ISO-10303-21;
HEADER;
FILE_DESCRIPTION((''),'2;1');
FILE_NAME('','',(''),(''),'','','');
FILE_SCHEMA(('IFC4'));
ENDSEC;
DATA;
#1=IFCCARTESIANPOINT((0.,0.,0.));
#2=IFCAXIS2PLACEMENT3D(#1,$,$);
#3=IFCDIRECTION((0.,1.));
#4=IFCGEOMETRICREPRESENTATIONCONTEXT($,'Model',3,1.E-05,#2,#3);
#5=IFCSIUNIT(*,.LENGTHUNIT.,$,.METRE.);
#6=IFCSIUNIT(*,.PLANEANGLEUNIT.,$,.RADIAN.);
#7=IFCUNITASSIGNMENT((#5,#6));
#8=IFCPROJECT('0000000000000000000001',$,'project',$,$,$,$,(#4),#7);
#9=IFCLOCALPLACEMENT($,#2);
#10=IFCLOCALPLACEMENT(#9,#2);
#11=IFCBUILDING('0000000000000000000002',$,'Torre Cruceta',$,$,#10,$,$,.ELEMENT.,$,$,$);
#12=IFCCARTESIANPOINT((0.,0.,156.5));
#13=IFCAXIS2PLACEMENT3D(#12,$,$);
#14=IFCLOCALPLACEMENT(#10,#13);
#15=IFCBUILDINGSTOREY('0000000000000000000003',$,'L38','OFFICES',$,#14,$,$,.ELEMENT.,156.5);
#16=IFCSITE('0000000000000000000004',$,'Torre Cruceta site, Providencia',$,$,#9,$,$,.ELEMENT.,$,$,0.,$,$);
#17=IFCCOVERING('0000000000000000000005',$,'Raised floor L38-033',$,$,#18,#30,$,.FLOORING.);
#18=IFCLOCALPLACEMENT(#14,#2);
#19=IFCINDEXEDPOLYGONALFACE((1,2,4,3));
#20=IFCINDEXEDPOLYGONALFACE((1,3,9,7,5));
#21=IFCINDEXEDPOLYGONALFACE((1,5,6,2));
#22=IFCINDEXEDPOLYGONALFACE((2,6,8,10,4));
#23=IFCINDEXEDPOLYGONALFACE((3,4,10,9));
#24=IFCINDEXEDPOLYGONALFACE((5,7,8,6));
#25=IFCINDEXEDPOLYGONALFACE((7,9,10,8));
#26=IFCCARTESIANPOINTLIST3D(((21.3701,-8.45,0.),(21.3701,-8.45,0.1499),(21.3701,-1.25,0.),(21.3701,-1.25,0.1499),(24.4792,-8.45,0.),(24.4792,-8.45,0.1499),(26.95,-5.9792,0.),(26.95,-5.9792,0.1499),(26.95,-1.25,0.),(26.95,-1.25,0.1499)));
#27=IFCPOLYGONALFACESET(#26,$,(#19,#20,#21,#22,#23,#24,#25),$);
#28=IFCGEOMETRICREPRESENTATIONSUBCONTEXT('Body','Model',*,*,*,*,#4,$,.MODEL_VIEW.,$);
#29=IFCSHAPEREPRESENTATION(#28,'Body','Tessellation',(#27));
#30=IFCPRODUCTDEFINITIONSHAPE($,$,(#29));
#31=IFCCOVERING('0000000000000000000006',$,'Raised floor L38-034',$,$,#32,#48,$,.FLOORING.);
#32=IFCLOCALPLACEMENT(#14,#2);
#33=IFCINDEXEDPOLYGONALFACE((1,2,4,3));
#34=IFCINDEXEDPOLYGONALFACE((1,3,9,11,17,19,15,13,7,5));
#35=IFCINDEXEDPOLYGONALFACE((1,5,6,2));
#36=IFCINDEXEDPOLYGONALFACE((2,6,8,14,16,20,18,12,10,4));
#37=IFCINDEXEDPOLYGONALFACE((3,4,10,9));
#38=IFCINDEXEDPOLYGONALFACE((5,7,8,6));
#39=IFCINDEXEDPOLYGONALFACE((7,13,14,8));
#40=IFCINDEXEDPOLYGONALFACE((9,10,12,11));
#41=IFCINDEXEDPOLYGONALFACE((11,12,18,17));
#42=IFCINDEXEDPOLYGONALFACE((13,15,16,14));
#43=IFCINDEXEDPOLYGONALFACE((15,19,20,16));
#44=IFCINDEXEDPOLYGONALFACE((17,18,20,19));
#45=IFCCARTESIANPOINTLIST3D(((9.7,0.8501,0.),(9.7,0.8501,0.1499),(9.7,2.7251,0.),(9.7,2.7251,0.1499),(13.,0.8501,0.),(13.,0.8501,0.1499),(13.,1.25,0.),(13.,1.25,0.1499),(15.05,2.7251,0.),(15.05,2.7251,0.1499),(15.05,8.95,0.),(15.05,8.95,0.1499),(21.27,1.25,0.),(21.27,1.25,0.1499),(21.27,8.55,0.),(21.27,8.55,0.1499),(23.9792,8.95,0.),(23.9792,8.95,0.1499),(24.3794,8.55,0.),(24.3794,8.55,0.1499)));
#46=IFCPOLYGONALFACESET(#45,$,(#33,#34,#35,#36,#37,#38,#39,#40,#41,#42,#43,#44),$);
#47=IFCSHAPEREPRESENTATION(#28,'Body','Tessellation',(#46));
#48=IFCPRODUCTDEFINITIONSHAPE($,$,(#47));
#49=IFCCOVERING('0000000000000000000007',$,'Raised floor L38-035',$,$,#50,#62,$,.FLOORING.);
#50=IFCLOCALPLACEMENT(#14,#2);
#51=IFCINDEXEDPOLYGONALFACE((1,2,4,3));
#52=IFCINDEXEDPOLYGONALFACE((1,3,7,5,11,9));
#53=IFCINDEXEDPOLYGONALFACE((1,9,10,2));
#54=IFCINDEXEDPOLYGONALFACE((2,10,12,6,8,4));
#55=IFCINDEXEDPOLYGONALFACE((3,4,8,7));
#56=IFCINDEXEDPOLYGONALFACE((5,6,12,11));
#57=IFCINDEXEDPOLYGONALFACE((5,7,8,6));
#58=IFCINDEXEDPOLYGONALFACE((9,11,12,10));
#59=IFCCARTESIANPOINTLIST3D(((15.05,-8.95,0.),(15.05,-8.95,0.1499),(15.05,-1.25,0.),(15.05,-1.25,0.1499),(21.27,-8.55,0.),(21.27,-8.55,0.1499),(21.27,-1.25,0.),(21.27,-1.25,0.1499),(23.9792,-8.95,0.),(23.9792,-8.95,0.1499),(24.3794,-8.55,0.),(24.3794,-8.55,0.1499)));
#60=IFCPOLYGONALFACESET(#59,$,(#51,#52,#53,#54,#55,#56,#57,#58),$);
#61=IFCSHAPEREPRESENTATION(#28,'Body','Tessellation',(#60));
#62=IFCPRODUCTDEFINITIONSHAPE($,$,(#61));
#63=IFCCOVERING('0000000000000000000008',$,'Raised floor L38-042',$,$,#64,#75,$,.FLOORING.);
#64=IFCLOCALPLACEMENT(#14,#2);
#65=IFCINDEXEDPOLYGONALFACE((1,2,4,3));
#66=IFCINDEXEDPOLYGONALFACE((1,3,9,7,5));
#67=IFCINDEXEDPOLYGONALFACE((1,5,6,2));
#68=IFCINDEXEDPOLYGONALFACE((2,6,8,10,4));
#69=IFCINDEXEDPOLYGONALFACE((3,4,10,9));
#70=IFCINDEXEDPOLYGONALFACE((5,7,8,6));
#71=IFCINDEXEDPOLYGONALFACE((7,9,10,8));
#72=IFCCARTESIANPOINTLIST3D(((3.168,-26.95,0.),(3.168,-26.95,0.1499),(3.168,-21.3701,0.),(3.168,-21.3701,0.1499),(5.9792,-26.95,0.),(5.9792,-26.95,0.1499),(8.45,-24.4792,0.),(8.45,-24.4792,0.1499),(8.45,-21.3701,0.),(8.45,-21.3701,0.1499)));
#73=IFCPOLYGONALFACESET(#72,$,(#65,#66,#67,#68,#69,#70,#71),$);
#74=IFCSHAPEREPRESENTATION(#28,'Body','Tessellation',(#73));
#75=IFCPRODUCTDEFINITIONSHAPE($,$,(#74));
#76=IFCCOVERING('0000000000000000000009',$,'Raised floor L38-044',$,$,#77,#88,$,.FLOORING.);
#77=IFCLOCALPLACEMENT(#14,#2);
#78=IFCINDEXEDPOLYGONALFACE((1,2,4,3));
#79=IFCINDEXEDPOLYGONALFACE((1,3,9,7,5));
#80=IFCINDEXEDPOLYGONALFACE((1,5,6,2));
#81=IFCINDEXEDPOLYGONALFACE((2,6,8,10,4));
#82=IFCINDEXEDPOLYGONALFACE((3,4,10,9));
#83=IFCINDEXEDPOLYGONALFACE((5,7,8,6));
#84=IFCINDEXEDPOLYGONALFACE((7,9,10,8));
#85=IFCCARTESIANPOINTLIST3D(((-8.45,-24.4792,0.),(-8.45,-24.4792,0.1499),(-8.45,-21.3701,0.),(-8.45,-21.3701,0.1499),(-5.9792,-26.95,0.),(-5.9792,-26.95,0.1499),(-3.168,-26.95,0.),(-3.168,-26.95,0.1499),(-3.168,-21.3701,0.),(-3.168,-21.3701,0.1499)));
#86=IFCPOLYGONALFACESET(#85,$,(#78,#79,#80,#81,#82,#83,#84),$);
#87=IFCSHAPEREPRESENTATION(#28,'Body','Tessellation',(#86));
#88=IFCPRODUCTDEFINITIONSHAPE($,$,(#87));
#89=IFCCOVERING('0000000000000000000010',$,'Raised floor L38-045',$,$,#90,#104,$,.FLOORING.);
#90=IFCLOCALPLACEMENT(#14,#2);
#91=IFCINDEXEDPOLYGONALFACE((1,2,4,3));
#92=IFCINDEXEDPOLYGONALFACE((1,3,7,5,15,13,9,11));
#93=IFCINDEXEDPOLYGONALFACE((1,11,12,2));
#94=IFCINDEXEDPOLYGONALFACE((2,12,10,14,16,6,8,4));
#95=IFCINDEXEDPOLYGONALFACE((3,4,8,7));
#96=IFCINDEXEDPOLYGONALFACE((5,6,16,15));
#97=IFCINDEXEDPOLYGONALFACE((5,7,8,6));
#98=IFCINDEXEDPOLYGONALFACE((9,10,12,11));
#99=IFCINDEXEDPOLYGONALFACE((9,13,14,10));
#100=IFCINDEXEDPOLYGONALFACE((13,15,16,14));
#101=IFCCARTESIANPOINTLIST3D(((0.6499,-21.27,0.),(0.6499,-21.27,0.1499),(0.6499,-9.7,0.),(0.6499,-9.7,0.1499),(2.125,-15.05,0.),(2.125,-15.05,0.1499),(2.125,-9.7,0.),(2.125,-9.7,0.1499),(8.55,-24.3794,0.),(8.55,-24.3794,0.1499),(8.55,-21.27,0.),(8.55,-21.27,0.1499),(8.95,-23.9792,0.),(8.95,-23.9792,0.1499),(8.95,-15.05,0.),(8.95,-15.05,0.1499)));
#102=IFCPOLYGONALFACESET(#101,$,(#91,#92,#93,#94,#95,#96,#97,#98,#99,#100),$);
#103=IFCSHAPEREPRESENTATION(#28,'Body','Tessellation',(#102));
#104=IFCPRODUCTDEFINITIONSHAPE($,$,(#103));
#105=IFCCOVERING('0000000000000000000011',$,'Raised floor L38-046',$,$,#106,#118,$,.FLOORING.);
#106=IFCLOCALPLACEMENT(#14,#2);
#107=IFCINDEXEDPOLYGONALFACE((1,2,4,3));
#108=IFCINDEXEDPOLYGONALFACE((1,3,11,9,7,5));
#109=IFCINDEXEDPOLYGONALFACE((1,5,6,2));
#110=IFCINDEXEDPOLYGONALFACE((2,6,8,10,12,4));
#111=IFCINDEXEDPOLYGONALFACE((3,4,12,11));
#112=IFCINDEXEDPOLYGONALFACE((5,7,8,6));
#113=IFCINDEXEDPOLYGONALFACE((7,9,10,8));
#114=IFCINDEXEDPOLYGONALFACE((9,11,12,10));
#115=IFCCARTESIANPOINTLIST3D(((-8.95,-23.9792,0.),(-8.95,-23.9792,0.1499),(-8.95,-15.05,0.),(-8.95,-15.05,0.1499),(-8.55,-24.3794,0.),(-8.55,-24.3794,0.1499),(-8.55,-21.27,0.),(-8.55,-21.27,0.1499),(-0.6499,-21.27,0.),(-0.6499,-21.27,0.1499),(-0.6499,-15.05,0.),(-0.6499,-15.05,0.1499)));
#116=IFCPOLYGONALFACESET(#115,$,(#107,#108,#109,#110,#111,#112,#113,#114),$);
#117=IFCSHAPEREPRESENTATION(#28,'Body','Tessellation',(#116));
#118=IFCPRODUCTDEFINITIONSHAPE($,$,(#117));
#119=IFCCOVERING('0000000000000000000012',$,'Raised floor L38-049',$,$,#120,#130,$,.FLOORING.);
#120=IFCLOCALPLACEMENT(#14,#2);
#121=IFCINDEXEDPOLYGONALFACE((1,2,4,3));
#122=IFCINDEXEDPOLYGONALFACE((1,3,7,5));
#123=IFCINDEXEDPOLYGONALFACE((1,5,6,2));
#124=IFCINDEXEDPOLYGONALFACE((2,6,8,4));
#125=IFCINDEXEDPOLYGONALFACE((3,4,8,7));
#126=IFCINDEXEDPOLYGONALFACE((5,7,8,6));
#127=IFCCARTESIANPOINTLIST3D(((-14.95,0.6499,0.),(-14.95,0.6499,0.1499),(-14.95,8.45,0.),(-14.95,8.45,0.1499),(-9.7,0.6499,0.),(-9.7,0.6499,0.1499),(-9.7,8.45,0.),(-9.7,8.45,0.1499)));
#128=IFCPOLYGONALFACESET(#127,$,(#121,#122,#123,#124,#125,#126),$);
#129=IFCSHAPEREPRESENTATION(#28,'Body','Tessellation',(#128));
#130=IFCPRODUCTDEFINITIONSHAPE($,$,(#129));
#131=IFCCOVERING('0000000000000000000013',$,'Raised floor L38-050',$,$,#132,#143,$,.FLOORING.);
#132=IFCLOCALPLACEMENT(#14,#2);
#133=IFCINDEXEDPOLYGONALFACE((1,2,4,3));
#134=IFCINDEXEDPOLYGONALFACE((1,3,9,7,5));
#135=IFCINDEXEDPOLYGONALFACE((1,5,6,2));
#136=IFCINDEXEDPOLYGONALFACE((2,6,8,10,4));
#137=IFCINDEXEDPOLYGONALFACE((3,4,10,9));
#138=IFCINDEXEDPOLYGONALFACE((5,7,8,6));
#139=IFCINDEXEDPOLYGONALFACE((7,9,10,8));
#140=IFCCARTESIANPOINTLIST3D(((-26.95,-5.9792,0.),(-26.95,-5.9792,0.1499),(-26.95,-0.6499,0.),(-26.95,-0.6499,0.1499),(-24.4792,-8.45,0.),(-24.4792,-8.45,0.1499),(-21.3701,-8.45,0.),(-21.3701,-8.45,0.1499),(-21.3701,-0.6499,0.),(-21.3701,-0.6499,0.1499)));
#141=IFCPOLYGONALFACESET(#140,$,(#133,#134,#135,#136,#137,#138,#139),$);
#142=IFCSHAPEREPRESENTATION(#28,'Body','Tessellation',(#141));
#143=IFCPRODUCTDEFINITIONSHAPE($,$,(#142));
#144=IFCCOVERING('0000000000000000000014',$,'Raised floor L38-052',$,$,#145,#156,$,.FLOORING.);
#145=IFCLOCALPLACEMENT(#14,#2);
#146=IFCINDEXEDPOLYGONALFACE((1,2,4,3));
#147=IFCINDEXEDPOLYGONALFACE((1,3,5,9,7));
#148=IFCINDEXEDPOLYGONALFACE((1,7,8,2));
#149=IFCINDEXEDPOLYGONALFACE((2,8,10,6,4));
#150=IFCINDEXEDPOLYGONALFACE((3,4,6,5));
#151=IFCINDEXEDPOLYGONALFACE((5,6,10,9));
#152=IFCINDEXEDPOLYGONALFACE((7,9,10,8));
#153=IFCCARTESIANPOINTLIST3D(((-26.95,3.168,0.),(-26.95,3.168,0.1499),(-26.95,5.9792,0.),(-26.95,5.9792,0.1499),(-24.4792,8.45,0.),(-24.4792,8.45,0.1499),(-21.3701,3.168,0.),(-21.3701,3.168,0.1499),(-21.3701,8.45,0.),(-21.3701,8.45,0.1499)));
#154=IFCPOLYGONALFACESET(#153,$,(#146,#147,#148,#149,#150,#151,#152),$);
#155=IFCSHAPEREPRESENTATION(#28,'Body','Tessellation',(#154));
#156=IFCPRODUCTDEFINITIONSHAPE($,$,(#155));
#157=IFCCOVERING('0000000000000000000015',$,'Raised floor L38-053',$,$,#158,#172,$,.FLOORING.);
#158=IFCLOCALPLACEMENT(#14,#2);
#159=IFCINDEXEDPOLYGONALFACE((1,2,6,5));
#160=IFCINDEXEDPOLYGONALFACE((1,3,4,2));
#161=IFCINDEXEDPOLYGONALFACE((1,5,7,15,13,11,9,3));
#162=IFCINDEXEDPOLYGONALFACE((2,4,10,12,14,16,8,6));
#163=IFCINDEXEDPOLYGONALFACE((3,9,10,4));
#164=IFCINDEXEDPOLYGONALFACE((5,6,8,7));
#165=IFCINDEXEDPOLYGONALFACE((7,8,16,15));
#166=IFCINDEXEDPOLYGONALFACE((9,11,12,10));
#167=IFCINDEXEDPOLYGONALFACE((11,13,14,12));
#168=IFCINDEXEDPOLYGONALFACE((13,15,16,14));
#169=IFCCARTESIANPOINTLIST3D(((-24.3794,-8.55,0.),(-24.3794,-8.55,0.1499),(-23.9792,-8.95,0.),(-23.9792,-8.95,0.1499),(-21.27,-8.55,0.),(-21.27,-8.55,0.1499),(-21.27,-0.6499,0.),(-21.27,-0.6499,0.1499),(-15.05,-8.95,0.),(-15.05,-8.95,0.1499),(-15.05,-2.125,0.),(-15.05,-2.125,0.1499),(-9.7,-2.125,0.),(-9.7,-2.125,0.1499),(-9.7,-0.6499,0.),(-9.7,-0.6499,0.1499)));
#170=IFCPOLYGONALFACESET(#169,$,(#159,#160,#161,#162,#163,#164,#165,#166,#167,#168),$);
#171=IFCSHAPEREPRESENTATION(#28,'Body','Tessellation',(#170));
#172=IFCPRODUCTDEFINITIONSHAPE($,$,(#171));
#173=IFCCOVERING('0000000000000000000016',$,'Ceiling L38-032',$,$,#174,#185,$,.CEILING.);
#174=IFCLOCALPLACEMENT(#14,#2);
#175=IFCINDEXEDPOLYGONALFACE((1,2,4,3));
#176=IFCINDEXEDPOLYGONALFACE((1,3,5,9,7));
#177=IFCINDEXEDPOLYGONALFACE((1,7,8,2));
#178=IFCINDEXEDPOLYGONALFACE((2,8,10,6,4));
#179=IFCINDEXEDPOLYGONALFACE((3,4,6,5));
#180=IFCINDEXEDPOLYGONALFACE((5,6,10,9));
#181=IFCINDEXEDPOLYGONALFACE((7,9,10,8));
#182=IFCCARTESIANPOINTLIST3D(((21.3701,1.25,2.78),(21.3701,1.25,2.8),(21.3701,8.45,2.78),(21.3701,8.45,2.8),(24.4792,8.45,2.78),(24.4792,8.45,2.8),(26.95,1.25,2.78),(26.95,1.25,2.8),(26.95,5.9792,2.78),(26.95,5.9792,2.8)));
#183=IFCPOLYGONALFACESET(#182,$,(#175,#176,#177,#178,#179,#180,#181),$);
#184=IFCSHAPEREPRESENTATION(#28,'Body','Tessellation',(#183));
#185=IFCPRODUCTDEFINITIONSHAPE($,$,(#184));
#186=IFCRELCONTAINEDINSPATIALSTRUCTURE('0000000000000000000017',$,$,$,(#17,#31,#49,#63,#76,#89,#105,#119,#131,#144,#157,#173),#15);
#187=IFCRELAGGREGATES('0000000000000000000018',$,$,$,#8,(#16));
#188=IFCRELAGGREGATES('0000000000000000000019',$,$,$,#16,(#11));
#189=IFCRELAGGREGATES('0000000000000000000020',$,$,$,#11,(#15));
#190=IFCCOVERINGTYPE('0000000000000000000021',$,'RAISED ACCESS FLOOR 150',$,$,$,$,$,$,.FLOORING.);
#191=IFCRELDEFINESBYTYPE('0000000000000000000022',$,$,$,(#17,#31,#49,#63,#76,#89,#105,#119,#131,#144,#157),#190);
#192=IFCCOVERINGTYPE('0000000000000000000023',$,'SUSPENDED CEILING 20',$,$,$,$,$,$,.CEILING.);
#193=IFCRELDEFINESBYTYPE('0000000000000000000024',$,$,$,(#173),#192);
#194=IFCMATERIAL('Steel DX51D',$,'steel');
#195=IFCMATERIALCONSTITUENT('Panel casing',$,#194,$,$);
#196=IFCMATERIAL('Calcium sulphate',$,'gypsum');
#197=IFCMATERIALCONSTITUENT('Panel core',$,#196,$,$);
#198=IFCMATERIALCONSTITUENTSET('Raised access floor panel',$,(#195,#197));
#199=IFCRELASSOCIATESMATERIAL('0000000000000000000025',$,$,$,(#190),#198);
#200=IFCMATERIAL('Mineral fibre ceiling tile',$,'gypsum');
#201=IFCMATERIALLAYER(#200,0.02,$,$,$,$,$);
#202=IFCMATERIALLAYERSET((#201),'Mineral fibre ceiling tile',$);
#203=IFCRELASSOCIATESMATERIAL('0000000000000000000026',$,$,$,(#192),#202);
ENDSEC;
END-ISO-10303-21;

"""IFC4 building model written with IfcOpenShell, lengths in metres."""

from ifc_helpers import new_model, si_unit, direction, frame, origin, place, context, subcontext, project, spatial, polyline, outline, extrude, material, layer, layer_set, constituent, constituent_set, type_object, element, save


model = new_model("IFC4")

# Units and contexts
model_context = context("Model", 3, precision=1e-05, world=origin(), true_north=direction((0.0, 1.0)))
body_context = subcontext(model_context, "Body", "Model", "MODEL_VIEW")
ifc_project = project(units=[si_unit("LENGTHUNIT", "METRE"), si_unit("PLANEANGLEUNIT", "RADIAN")], contexts=[model_context])

# Site, building, storey
site_placement = place(None, origin())
site = spatial("IfcSite", under=ifc_project, at=site_placement, Name="Torre Cruceta site, Providencia", CompositionType="ELEMENT", RefElevation=0.0)
building_placement = place(site_placement, origin())
building = spatial("IfcBuilding", under=site, at=building_placement, Name="Torre Cruceta", CompositionType="ELEMENT")
storey_placement = place(building_placement, frame((0.0, 0.0, 156.5)))
storey = spatial("IfcBuildingStorey", under=building, at=storey_placement, Name="L38", Description="OFFICES", CompositionType="ELEMENT", Elevation=156.5)

# Coverings
ifc_material_1 = material(Name="Steel DX51D", Category="steel")
ifc_constituent_1 = constituent(ifc_material_1, Name="Panel casing")
ifc_material_2 = material(Name="Calcium sulphate", Category="gypsum")
ifc_constituent_2 = constituent(ifc_material_2, Name="Panel core")
ifc_constituent_set = constituent_set(constituents=[ifc_constituent_1, ifc_constituent_2], Name="Raised access floor panel")
covering_type_1 = type_object("IfcCoveringType", Name="RAISED ACCESS FLOOR 150", PredefinedType="FLOORING", material=ifc_constituent_set)
covering_1_placement = place(storey_placement, origin())
element("IfcCovering", 1, at=covering_1_placement, inside=storey, type_object=covering_type_1, Name="Raised floor L38-033", PredefinedType="FLOORING", context=body_context, shape_type="SweptSolid", body=[
    extrude(outline(polyline([(24.4792, -8.45), (21.3701, -8.45), (21.3701, -1.25), (26.95, -1.25), (26.95, -5.9792), (24.4792, -8.45)])), origin(), (0.0, 0.0, 1.0), 0.1499),
])
covering_2_placement = place(storey_placement, origin())
element("IfcCovering", 2, at=covering_2_placement, inside=storey, type_object=covering_type_1, Name="Raised floor L38-034", PredefinedType="FLOORING", context=body_context, shape_type="SweptSolid", body=[
    extrude(outline(polyline([(9.7, 2.7251), (15.05, 2.7251), (15.05, 8.95), (23.9792, 8.95), (24.3794, 8.55), (21.27, 8.55), (21.27, 1.25), (13.0, 1.25), (13.0, 0.8501), (9.7, 0.8501), (9.7, 2.7251)])), origin(), (0.0, 0.0, 1.0), 0.1499),
])
covering_3_placement = place(storey_placement, origin())
element("IfcCovering", 3, at=covering_3_placement, inside=storey, type_object=covering_type_1, Name="Raised floor L38-035", PredefinedType="FLOORING", context=body_context, shape_type="SweptSolid", body=[
    extrude(outline(polyline([(15.05, -8.95), (15.05, -1.25), (21.27, -1.25), (21.27, -8.55), (24.3794, -8.55), (23.9792, -8.95), (15.05, -8.95)])), origin(), (0.0, 0.0, 1.0), 0.1499),
])
covering_4_placement = place(storey_placement, origin())
element("IfcCovering", 4, at=covering_4_placement, inside=storey, type_object=covering_type_1, Name="Raised floor L38-042", PredefinedType="FLOORING", context=body_context, shape_type="SweptSolid", body=[
    extrude(outline(polyline([(3.168, -26.95), (3.168, -21.3701), (8.45, -21.3701), (8.45, -24.4792), (5.9792, -26.95), (3.168, -26.95)])), origin(), (0.0, 0.0, 1.0), 0.1499),
])
covering_5_placement = place(storey_placement, origin())
element("IfcCovering", 5, at=covering_5_placement, inside=storey, type_object=covering_type_1, Name="Raised floor L38-044", PredefinedType="FLOORING", context=body_context, shape_type="SweptSolid", body=[
    extrude(outline(polyline([(-8.45, -24.4792), (-8.45, -21.3701), (-3.168, -21.3701), (-3.168, -26.95), (-5.9792, -26.95), (-8.45, -24.4792)])), origin(), (0.0, 0.0, 1.0), 0.1499),
])
covering_6_placement = place(storey_placement, origin())
element("IfcCovering", 6, at=covering_6_placement, inside=storey, type_object=covering_type_1, Name="Raised floor L38-045", PredefinedType="FLOORING", context=body_context, shape_type="SweptSolid", body=[
    extrude(outline(polyline([(2.125, -9.7), (2.125, -15.05), (8.95, -15.05), (8.95, -23.9792), (8.55, -24.3794), (8.55, -21.27), (0.6499, -21.27), (0.6499, -9.7), (2.125, -9.7)])), origin(), (0.0, 0.0, 1.0), 0.1499),
])
covering_7_placement = place(storey_placement, origin())
element("IfcCovering", 7, at=covering_7_placement, inside=storey, type_object=covering_type_1, Name="Raised floor L38-046", PredefinedType="FLOORING", context=body_context, shape_type="SweptSolid", body=[
    extrude(outline(polyline([(-8.95, -15.05), (-0.6499, -15.05), (-0.6499, -21.27), (-8.55, -21.27), (-8.55, -24.3794), (-8.95, -23.9792), (-8.95, -15.05)])), origin(), (0.0, 0.0, 1.0), 0.1499),
])
covering_8_placement = place(storey_placement, origin())
element("IfcCovering", 8, at=covering_8_placement, inside=storey, type_object=covering_type_1, Name="Raised floor L38-049", PredefinedType="FLOORING", context=body_context, shape_type="SweptSolid", body=[
    extrude(outline(polyline([(-9.7, 8.45), (-9.7, 0.6499), (-14.95, 0.6499), (-14.95, 8.45), (-9.7, 8.45)])), origin(), (0.0, 0.0, 1.0), 0.1499),
])
covering_9_placement = place(storey_placement, origin())
element("IfcCovering", 9, at=covering_9_placement, inside=storey, type_object=covering_type_1, Name="Raised floor L38-050", PredefinedType="FLOORING", context=body_context, shape_type="SweptSolid", body=[
    extrude(outline(polyline([(-26.95, -0.6499), (-21.3701, -0.6499), (-21.3701, -8.45), (-24.4792, -8.45), (-26.95, -5.9792), (-26.95, -0.6499)])), origin(), (0.0, 0.0, 1.0), 0.1499),
])
covering_10_placement = place(storey_placement, origin())
element("IfcCovering", 10, at=covering_10_placement, inside=storey, type_object=covering_type_1, Name="Raised floor L38-052", PredefinedType="FLOORING", context=body_context, shape_type="SweptSolid", body=[
    extrude(outline(polyline([(-24.4792, 8.45), (-21.3701, 8.45), (-21.3701, 3.168), (-26.95, 3.168), (-26.95, 5.9792), (-24.4792, 8.45)])), origin(), (0.0, 0.0, 1.0), 0.1499),
])
covering_11_placement = place(storey_placement, origin())
element("IfcCovering", 11, at=covering_11_placement, inside=storey, type_object=covering_type_1, Name="Raised floor L38-053", PredefinedType="FLOORING", context=body_context, shape_type="SweptSolid", body=[
    extrude(outline(polyline([(-9.7, -2.125), (-15.05, -2.125), (-15.05, -8.95), (-23.9792, -8.95), (-24.3794, -8.55), (-21.27, -8.55), (-21.27, -0.6499), (-9.7, -0.6499), (-9.7, -2.125)])), origin(), (0.0, 0.0, 1.0), 0.1499),
])
ifc_material_3 = material(Name="Mineral fibre ceiling tile", Category="gypsum")
ifc_layer = layer(ifc_material_3, 0.02)
ifc_layer_set = layer_set([ifc_layer], Name="Mineral fibre ceiling tile")
covering_type_2 = type_object("IfcCoveringType", Name="SUSPENDED CEILING 20", PredefinedType="CEILING", material=ifc_layer_set)
covering_12_placement = place(storey_placement, frame((0.0, 0.0, 2.78)))
element("IfcCovering", 12, at=covering_12_placement, inside=storey, type_object=covering_type_2, Name="Ceiling L38-032", PredefinedType="CEILING", context=body_context, shape_type="SweptSolid", body=[
    extrude(outline(polyline([(26.95, 1.25), (21.3701, 1.25), (21.3701, 8.45), (24.4792, 8.45), (26.95, 5.9792), (26.95, 1.25)])), origin(), (0.0, 0.0, 1.0), 0.02),
])

save(model, "model.ifc")
